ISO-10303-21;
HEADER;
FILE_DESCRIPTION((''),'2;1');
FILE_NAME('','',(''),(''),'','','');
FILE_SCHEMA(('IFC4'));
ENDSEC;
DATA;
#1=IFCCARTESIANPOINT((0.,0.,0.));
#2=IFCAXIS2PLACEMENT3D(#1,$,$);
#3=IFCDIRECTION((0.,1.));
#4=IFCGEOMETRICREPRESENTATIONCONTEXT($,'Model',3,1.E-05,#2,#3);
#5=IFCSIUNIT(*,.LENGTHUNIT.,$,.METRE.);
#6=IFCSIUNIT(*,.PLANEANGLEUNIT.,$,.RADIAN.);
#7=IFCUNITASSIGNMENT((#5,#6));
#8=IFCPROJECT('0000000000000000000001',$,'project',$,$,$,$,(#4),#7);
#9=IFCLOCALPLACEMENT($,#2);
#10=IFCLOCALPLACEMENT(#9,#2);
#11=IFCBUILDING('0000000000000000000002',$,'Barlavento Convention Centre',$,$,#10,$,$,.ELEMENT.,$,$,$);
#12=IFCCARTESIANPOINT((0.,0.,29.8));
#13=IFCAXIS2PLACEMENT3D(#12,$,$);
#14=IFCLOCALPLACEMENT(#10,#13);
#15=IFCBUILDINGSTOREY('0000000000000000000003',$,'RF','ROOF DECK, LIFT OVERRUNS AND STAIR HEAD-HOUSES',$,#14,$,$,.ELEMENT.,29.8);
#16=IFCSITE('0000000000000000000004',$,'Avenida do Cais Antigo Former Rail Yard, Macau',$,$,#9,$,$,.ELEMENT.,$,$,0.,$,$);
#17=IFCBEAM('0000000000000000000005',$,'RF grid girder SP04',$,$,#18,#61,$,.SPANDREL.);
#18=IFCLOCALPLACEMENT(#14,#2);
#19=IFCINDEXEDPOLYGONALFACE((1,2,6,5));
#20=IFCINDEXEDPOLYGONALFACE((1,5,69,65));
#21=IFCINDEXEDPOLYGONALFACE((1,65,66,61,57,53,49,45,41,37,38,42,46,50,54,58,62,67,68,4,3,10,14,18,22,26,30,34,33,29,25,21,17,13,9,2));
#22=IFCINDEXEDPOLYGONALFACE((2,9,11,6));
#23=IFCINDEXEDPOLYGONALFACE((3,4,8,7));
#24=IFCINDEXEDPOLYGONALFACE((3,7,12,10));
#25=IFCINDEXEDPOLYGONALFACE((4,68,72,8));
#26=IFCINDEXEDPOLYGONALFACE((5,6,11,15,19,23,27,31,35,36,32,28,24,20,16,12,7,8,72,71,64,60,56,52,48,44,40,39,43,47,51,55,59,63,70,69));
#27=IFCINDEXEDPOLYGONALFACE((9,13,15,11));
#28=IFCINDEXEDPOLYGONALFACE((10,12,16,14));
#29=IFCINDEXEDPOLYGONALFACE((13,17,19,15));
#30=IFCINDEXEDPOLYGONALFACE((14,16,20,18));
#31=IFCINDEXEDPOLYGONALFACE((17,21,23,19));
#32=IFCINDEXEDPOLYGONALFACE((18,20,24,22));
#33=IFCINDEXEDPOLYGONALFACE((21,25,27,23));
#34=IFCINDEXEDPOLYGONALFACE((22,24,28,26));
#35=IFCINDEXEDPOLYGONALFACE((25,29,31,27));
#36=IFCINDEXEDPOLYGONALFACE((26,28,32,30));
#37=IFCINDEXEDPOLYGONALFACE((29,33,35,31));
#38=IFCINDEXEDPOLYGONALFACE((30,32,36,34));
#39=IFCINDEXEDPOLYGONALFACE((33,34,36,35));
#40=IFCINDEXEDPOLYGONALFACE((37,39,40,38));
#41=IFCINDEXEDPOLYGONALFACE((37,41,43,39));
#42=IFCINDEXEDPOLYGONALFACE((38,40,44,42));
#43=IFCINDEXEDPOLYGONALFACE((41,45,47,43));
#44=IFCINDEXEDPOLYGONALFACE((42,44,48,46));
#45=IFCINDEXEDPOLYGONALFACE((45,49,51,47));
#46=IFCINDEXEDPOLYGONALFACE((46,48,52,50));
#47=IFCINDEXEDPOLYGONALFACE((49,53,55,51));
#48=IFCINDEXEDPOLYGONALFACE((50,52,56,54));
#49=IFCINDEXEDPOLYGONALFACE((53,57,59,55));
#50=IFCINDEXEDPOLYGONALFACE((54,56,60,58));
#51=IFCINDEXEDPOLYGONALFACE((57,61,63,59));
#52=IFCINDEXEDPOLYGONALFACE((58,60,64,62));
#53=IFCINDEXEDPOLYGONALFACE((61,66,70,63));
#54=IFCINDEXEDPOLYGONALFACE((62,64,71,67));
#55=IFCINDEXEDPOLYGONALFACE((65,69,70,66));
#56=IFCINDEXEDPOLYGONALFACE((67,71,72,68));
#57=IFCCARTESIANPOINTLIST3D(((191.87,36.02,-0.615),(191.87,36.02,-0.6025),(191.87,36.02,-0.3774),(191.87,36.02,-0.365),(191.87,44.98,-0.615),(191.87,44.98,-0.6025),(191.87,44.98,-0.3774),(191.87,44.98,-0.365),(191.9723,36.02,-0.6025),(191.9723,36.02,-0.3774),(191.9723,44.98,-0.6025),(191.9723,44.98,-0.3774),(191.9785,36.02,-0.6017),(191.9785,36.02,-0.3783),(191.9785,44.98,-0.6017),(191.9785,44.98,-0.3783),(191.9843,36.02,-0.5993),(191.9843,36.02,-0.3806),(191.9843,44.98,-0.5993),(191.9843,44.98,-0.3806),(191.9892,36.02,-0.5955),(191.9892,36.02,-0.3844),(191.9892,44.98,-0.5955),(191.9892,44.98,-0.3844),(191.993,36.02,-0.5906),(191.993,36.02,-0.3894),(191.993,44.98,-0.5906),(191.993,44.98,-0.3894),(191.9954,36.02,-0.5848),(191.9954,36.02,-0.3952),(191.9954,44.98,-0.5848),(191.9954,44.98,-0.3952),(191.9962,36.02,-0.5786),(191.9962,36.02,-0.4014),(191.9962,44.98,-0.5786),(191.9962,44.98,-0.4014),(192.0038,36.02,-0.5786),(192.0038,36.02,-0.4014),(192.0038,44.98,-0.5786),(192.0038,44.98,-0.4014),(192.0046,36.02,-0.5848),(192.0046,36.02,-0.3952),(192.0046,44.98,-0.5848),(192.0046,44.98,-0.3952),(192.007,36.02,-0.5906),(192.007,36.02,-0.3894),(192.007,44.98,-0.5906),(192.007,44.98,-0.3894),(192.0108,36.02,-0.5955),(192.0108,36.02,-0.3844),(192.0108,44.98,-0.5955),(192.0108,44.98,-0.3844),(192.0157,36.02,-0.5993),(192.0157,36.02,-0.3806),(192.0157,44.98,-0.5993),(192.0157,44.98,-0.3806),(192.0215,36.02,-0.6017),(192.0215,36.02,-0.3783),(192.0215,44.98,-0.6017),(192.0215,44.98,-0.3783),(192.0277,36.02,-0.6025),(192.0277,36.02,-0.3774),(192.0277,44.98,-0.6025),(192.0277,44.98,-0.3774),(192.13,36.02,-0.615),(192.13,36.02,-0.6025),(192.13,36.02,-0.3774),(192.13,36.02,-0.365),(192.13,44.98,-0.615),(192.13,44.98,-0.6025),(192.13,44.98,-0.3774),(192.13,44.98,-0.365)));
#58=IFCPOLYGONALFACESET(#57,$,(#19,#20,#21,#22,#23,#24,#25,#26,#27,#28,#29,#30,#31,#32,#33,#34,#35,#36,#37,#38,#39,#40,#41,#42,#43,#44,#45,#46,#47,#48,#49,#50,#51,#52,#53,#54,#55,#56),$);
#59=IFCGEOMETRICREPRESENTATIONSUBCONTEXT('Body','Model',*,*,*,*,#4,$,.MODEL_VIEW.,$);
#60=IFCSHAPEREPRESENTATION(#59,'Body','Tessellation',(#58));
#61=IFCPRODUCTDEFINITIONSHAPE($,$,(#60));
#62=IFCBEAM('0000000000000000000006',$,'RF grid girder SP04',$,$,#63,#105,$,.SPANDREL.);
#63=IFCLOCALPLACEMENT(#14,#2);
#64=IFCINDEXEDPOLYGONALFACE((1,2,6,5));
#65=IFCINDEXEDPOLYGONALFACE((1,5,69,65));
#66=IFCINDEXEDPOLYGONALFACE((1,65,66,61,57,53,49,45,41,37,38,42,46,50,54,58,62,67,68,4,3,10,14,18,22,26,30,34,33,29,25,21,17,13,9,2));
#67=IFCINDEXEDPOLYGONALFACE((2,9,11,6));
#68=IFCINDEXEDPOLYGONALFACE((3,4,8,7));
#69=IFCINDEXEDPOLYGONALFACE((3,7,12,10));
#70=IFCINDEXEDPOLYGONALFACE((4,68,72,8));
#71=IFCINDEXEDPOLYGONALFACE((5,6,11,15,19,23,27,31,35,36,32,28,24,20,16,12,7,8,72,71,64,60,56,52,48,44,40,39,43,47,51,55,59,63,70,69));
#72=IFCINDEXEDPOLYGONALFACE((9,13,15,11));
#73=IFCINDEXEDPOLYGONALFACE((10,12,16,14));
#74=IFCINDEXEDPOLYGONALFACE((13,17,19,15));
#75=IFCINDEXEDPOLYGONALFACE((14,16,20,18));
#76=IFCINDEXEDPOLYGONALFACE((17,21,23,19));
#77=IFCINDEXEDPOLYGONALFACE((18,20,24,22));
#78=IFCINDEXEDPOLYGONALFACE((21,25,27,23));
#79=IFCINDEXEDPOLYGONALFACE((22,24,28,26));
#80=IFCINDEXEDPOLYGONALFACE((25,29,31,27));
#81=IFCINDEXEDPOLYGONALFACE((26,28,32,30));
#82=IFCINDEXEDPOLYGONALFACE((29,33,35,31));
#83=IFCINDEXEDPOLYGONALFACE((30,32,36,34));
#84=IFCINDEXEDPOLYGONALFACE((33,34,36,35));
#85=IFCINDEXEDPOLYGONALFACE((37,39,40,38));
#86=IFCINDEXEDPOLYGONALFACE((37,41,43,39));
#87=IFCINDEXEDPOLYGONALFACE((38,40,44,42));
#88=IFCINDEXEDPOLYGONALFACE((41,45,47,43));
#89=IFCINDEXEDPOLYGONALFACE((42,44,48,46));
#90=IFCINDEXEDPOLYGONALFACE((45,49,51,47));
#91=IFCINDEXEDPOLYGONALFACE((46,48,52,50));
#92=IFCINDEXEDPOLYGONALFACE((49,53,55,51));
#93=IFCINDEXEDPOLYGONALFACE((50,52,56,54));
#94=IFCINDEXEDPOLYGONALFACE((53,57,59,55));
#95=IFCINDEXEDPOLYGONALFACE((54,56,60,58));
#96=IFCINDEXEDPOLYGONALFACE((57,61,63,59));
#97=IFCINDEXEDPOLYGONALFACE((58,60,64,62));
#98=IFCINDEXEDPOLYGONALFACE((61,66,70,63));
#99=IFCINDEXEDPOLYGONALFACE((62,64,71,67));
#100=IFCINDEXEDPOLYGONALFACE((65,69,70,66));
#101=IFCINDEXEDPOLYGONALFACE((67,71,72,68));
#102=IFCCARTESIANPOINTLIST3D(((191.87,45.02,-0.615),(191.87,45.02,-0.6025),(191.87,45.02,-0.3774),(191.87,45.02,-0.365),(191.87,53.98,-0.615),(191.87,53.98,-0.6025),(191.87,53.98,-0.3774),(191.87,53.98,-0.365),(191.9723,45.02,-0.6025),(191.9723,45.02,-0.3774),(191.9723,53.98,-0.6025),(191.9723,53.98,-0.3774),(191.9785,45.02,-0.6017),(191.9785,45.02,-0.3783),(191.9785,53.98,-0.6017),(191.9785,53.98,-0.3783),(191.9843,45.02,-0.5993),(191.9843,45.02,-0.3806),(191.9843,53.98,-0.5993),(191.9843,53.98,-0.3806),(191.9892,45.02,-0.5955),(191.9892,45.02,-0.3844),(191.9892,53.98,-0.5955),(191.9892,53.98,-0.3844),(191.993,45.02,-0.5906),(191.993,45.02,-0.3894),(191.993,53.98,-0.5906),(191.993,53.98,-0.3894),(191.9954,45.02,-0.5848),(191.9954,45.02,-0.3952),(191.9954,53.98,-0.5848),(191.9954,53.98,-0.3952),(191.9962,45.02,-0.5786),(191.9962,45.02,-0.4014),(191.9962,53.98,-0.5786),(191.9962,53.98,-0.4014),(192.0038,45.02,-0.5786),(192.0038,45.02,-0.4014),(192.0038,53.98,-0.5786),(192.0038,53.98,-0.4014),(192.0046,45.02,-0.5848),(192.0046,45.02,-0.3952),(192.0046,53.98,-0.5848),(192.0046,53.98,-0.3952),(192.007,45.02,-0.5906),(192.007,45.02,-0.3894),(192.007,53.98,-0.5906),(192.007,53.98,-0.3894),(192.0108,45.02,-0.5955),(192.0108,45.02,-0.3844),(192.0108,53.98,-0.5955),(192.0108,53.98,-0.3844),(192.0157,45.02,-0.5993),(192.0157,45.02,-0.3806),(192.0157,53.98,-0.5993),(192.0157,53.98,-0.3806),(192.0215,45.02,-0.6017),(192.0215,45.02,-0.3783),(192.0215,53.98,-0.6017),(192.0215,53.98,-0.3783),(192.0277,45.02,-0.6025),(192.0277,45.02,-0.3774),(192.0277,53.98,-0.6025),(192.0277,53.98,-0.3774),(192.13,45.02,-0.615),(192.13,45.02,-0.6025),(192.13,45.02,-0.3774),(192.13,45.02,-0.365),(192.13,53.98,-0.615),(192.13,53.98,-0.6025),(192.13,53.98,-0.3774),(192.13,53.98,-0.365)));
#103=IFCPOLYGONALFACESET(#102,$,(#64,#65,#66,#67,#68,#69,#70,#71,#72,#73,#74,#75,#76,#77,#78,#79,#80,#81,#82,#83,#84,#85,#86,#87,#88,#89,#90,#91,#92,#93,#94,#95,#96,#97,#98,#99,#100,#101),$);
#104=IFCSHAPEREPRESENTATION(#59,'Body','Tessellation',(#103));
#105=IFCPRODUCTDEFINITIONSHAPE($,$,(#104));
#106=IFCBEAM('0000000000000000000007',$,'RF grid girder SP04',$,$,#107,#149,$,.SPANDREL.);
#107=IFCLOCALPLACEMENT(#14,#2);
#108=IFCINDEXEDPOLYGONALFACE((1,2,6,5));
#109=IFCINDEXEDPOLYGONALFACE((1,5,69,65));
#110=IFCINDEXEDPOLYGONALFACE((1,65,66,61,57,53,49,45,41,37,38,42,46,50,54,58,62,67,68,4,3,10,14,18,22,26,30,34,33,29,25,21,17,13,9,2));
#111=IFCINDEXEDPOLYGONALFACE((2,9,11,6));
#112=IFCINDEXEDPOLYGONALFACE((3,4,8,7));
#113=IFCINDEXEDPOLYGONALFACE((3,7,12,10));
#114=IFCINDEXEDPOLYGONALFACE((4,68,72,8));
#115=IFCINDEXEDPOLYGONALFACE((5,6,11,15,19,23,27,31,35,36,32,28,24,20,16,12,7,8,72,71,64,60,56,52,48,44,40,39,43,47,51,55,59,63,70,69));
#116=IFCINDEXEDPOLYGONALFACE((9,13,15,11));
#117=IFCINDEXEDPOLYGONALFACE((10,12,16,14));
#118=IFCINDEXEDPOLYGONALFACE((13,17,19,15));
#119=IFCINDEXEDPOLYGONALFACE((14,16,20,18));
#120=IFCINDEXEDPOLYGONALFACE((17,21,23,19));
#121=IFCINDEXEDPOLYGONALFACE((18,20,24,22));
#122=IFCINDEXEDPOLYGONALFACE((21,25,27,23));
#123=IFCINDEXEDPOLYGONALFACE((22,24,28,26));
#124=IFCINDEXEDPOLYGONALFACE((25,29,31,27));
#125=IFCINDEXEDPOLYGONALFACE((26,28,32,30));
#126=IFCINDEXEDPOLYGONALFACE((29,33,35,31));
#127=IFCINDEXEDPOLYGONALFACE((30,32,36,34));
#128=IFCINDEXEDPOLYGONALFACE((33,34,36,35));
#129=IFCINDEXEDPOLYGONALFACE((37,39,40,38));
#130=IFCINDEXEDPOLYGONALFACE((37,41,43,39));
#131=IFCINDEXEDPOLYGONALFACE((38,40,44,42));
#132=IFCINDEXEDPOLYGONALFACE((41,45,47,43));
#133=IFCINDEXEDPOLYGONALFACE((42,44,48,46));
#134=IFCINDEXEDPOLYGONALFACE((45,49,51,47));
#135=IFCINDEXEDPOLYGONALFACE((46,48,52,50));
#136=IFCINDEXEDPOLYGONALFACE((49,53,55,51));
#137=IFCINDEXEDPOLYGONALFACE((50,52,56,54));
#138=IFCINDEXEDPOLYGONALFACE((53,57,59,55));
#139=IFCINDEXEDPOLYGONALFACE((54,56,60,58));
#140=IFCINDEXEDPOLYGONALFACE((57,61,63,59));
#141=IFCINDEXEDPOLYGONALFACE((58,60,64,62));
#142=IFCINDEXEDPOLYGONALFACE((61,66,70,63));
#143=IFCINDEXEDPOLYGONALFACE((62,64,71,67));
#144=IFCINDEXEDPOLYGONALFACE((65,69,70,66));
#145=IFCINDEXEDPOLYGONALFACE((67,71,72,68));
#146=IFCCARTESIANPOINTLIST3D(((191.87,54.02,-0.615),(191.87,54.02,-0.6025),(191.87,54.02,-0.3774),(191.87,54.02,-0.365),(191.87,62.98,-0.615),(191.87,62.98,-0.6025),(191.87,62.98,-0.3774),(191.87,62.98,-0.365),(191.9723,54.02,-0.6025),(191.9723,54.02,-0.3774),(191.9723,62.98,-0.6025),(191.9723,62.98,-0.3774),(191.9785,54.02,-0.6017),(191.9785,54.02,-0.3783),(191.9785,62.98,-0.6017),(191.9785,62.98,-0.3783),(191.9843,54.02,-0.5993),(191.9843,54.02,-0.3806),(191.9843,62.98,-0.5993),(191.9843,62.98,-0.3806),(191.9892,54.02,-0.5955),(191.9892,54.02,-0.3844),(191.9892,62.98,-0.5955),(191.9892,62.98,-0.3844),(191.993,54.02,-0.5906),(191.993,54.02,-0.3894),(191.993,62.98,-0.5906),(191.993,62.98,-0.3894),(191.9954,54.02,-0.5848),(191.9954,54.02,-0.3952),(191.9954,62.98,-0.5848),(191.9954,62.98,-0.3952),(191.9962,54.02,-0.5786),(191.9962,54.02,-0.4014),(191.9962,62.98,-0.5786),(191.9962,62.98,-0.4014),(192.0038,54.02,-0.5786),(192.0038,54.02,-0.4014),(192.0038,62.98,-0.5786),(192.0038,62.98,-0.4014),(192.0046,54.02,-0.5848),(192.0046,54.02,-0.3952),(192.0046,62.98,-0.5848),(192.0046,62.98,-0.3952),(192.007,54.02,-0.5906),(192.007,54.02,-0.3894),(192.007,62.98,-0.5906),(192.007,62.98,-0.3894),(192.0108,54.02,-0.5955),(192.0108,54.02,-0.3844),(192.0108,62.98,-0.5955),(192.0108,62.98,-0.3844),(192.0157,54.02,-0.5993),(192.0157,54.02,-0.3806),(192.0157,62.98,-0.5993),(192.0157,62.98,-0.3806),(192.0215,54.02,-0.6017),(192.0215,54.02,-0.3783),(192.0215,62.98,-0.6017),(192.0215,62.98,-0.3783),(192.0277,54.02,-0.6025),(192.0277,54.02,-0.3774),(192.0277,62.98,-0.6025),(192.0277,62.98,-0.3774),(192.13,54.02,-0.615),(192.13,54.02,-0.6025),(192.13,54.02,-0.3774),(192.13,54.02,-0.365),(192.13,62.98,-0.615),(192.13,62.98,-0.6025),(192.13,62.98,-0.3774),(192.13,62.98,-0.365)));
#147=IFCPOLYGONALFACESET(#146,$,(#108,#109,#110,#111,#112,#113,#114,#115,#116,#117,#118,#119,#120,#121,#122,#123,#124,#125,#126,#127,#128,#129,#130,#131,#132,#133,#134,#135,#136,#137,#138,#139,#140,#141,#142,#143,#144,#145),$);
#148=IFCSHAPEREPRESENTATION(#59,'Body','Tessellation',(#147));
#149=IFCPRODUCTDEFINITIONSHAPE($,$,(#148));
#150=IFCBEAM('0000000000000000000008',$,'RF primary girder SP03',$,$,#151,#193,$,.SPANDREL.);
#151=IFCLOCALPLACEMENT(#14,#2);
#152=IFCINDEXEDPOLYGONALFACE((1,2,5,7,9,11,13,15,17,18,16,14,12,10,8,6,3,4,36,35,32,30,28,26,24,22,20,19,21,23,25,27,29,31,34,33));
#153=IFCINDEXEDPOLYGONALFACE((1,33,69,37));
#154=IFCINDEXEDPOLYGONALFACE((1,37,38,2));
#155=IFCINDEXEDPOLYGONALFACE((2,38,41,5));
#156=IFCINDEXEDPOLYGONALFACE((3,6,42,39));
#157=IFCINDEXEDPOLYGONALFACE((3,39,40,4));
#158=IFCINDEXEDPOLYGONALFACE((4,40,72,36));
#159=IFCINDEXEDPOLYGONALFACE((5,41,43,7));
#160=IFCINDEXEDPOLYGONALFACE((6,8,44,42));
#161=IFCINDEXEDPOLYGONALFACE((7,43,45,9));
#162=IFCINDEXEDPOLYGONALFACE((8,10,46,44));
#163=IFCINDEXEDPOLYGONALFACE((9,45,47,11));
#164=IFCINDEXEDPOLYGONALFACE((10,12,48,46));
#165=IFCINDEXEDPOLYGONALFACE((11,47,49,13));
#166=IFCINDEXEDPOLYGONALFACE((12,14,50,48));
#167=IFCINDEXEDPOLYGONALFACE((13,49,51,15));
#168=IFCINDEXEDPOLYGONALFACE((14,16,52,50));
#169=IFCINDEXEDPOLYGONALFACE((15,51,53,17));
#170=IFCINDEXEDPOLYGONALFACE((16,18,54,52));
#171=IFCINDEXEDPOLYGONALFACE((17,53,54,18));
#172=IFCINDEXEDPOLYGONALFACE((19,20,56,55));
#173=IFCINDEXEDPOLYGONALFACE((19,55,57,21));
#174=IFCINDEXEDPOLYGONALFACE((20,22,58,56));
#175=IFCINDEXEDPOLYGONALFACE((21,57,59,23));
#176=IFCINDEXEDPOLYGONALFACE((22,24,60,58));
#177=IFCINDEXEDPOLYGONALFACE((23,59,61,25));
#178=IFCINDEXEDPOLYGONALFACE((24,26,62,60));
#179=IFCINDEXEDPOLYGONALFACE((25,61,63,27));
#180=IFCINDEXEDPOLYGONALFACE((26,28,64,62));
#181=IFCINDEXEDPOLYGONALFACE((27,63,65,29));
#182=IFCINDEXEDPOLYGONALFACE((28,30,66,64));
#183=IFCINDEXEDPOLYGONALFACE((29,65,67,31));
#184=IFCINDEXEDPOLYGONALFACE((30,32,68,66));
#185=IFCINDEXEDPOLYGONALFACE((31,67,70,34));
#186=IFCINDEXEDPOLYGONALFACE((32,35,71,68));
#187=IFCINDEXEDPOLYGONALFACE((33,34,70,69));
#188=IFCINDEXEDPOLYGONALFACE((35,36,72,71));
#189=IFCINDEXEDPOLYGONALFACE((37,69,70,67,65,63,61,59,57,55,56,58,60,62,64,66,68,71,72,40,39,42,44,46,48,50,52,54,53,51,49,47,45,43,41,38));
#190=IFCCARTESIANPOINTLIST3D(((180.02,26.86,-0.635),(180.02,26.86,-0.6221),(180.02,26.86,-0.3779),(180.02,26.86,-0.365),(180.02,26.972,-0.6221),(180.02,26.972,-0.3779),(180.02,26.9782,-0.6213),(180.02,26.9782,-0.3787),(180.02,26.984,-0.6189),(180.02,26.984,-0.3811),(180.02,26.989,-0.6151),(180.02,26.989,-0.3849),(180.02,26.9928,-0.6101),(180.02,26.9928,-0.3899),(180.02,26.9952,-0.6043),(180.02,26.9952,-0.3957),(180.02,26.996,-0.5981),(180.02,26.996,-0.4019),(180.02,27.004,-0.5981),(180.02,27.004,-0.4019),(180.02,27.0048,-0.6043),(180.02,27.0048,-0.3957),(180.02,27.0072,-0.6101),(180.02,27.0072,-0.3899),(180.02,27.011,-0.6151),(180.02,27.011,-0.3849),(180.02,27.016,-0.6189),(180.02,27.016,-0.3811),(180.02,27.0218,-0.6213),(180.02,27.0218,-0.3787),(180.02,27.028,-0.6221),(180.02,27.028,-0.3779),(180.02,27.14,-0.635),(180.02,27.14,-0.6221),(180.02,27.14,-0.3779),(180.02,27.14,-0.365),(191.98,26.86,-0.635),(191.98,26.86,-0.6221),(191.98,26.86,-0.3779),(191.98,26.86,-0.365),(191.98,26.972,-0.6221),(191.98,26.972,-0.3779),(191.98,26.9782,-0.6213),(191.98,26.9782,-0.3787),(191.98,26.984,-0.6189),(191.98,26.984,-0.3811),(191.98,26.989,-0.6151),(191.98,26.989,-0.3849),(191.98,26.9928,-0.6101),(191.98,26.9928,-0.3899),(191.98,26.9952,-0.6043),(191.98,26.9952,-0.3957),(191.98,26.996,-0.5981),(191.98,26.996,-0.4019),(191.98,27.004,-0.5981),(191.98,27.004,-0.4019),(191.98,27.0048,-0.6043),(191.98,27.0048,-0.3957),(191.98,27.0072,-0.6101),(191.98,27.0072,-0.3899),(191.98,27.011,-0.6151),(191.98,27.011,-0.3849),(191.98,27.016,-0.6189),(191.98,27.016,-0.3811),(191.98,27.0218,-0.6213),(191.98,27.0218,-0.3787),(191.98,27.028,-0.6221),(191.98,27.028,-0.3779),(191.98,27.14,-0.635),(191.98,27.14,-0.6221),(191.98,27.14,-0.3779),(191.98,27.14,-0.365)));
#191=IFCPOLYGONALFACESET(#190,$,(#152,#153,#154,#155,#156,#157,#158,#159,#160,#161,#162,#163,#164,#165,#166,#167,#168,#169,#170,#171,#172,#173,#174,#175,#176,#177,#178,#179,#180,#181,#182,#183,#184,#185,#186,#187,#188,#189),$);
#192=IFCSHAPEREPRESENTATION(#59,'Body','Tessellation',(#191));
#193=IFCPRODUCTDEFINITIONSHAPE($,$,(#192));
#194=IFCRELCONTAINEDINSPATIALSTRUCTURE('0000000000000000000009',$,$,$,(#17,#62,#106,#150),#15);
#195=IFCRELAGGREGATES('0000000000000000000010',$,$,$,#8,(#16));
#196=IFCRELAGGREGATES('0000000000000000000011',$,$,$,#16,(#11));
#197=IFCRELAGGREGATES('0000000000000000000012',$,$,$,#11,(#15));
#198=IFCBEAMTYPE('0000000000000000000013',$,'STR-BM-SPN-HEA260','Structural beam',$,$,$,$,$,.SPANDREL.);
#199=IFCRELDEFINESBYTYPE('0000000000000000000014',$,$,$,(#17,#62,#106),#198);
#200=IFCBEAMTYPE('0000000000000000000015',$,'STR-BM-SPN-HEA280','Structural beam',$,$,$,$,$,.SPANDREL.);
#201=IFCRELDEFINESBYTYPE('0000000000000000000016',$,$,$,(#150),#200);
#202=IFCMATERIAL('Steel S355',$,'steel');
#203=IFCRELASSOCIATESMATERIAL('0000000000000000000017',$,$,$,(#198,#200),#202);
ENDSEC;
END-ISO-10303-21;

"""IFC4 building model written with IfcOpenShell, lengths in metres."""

from ifc_helpers import new_model, si_unit, direction, frame, origin, origin_2d, place, context, subcontext, project, spatial, i_section, extrude, material, material_profile, profile_set, type_object, element, save


model = new_model("IFC4")

# Units and contexts
model_context = context("Model", 3, precision=1e-05, world=origin(), true_north=direction((0.0, 1.0)))
body_context = subcontext(model_context, "Body", "Model", "MODEL_VIEW")
ifc_project = project(units=[si_unit("LENGTHUNIT", "METRE"), si_unit("PLANEANGLEUNIT", "RADIAN")], contexts=[model_context])

# Site, building, storey
site_placement = place(None, origin())
site = spatial("IfcSite", under=ifc_project, at=site_placement, Name="Avenida do Cais Antigo Former Rail Yard, Macau", CompositionType="ELEMENT", RefElevation=0.0)
building_placement = place(site_placement, origin())
building = spatial("IfcBuilding", under=site, at=building_placement, Name="Barlavento Convention Centre", CompositionType="ELEMENT")
storey_placement = place(building_placement, frame((0.0, 0.0, 29.8)))
storey = spatial("IfcBuildingStorey", under=building, at=storey_placement, Name="RF", Description="ROOF DECK, LIFT OVERRUNS AND STAIR HEAD-HOUSES", CompositionType="ELEMENT", Elevation=29.8)

# Beams
ifc_material_1 = material(Name="Steel S355", Category="steel")
ifc_material_profile_1 = material_profile(ifc_material_1, i_section(OverallWidth=0.26, OverallDepth=0.25, WebThickness=0.0076, FlangeThickness=0.0125, FilletRadius=0.0239, at=origin_2d()), Name="HEA 260")
ifc_profile_set_1 = profile_set([ifc_material_profile_1], Name="Steel S355")
beam_type_1 = type_object("IfcBeamType", Name="STR-BM-SPN-HEA260", Description="Structural beam", PredefinedType="SPANDREL", material=ifc_profile_set_1)
for number, where, z_axis, x_axis, name in (
    (1, (192.0, 36.02, -0.49), (0.0, 1.0, 0.0), (-1.0, 0.0, 0.0), "RF grid girder SP04"),
    (2, (192.0, 45.02, -0.49), (0.0, 1.0, 0.0), (-1.0, 0.0, 0.0), "RF grid girder SP04"),
    (3, (192.0, 54.02, -0.49), (0.0, 1.0, 0.0), (-1.0, 0.0, 0.0), "RF grid girder SP04"),
):
    element("IfcBeam", number, at=place(storey_placement, frame(where, z_axis=z_axis, x_axis=x_axis)), inside=storey, type_object=beam_type_1, Name=name, PredefinedType="SPANDREL", context=body_context, shape_type="SweptSolid", body=[
        extrude(i_section(OverallWidth=0.26, OverallDepth=0.25, WebThickness=0.0076, FlangeThickness=0.0125, FilletRadius=0.0239, at=origin_2d()), origin(), (0.0, 0.0, 1.0), 8.96),
    ])
ifc_material_profile_2 = material_profile(ifc_material_1, i_section(OverallWidth=0.28, OverallDepth=0.27, WebThickness=0.0081, FlangeThickness=0.0129, FilletRadius=0.0239, at=origin_2d()), Name="HEA 280")
ifc_profile_set_2 = profile_set([ifc_material_profile_2], Name="Steel S355")
beam_type_2 = type_object("IfcBeamType", Name="STR-BM-SPN-HEA280", Description="Structural beam", PredefinedType="SPANDREL", material=ifc_profile_set_2)
beam_placement = place(storey_placement, frame((180.02, 27.0, -0.5), z_axis=(1.0, 0.0, 0.0), x_axis=(0.0, 1.0, 0.0)))
element("IfcBeam", 4, at=beam_placement, inside=storey, type_object=beam_type_2, Name="RF primary girder SP03", PredefinedType="SPANDREL", context=body_context, shape_type="SweptSolid", body=[
    extrude(i_section(OverallWidth=0.28, OverallDepth=0.27, WebThickness=0.0081, FlangeThickness=0.0129, FilletRadius=0.0239, at=origin_2d()), origin(), (0.0, 0.0, 1.0), 11.96),
])

save(model, "model.ifc")
